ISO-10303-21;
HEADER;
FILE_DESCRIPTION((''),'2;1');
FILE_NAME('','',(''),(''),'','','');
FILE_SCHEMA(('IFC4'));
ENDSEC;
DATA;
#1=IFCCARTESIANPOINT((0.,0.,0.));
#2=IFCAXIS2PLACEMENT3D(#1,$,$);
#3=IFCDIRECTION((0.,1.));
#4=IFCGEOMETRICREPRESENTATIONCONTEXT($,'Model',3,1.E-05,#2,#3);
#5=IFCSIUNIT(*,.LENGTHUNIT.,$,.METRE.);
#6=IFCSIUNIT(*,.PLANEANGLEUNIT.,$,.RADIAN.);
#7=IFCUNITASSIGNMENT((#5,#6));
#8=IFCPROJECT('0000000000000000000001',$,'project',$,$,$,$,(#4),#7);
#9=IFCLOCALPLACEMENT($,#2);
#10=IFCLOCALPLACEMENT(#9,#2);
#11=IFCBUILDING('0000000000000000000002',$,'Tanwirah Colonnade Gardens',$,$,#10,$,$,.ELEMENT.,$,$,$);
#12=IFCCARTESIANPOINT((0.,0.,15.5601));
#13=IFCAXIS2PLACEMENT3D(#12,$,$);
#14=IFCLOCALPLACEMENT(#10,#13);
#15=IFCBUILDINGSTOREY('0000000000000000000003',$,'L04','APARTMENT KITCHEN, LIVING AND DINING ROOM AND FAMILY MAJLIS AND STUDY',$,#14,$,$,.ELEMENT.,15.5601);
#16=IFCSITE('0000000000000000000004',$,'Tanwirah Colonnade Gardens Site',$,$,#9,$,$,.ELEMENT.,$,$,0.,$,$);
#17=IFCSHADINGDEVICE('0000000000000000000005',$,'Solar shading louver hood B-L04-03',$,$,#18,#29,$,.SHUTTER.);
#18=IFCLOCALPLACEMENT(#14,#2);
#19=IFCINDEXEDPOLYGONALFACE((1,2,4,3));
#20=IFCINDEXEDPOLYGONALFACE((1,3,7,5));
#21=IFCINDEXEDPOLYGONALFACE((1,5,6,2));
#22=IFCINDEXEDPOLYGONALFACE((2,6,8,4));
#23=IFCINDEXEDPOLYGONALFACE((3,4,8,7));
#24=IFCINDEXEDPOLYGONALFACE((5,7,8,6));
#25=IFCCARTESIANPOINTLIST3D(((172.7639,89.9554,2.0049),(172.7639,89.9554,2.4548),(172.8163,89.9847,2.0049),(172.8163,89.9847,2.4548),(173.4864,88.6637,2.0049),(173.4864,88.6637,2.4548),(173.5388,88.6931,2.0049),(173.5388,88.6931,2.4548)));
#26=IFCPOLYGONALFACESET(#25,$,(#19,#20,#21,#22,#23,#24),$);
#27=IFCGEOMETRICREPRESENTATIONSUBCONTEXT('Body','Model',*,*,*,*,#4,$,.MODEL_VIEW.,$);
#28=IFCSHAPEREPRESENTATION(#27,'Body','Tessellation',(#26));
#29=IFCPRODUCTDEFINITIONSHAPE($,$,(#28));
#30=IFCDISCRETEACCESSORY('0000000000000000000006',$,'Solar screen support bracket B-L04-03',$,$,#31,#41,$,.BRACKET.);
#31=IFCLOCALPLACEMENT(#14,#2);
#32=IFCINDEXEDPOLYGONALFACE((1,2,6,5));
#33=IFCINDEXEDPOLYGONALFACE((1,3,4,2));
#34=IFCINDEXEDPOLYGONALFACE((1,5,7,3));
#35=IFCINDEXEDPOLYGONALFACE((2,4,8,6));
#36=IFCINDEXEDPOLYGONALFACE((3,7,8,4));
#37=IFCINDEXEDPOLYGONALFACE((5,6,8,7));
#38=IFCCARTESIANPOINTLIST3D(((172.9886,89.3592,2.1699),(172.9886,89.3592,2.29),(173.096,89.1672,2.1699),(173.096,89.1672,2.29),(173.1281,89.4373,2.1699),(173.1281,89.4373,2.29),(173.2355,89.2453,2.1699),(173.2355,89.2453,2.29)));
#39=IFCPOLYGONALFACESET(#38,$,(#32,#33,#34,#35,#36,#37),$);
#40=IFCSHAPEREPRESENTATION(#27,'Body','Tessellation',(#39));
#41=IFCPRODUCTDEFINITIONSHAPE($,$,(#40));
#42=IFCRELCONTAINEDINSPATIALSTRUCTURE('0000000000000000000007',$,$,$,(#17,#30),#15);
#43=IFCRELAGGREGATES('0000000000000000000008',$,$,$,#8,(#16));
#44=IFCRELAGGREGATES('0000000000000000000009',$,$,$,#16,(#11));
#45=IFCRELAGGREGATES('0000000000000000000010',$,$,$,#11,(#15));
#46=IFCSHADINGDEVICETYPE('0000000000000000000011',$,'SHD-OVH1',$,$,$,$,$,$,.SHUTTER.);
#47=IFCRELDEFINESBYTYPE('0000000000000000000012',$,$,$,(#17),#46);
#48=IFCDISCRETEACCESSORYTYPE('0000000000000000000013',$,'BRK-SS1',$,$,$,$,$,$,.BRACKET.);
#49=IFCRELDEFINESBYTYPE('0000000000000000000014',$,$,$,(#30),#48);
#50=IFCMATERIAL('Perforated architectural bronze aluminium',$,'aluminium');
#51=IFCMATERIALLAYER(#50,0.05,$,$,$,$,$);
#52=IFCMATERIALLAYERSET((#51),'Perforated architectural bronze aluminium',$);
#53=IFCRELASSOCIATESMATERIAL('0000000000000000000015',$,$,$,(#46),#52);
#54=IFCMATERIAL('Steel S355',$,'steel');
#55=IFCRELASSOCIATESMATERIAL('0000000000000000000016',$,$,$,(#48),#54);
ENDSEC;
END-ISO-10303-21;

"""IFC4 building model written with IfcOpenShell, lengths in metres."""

from ifc_helpers import new_model, si_unit, direction, frame, origin, origin_2d, place, context, subcontext, project, spatial, rectangle, extrude, material, layer, layer_set, type_object, element, save


model = new_model("IFC4")

# Units and contexts
model_context = context("Model", 3, precision=1e-05, world=origin(), true_north=direction((0.0, 1.0)))
body_context = subcontext(model_context, "Body", "Model", "MODEL_VIEW")
ifc_project = project(units=[si_unit("LENGTHUNIT", "METRE"), si_unit("PLANEANGLEUNIT", "RADIAN")], contexts=[model_context])

# Site, building, storey
site_placement = place(None, origin())
site = spatial("IfcSite", under=ifc_project, at=site_placement, Name="Tanwirah Colonnade Gardens Site", CompositionType="ELEMENT", RefElevation=0.0)
building_placement = place(site_placement, origin())
building = spatial("IfcBuilding", under=site, at=building_placement, Name="Tanwirah Colonnade Gardens", CompositionType="ELEMENT")
storey_placement = place(building_placement, frame((0.0, 0.0, 15.5601)))
storey = spatial("IfcBuildingStorey", under=building, at=storey_placement, Name="L04", Description="APARTMENT KITCHEN, LIVING AND DINING ROOM AND FAMILY MAJLIS AND STUDY", CompositionType="ELEMENT", Elevation=15.5601)

# Shading device
ifc_material_1 = material(Name="Perforated architectural bronze aluminium", Category="aluminium")
ifc_layer_1 = layer(ifc_material_1, 0.05)
ifc_layer_set_1 = layer_set([ifc_layer_1], Name="Perforated architectural bronze aluminium")
shading_device_type = type_object("IfcShadingDeviceType", Name="SHD-OVH1", PredefinedType="SHUTTER", material=ifc_layer_set_1)
shading_device_placement = place(storey_placement, frame((173.1514, 89.3242, 2.0049), z_axis=(0.0, 0.0, 1.0), x_axis=(-0.488198, 0.872733, 0.0)))
element("IfcShadingDevice", 1, at=shading_device_placement, inside=storey, type_object=shading_device_type, Name="Solar shading louver hood B-L04-03", PredefinedType="SHUTTER", context=body_context, shape_type="SweptSolid", body=[
    extrude(rectangle(XDim=1.48, YDim=0.0601, at=origin_2d()), origin(), (0.0, 0.0, 1.0), 0.45),
])

# Discrete accessory
ifc_material_2 = material(Name="Steel S355", Category="steel")
discrete_accessory_type = type_object("IfcDiscreteAccessoryType", Name="BRK-SS1", PredefinedType="BRACKET", material=ifc_material_2)
discrete_accessory_placement = place(storey_placement, frame((173.1121, 89.3022, 2.1699), z_axis=(0.0, 0.0, 1.0), x_axis=(-0.488198, 0.872733, 0.0)))
element("IfcDiscreteAccessory", 2, at=discrete_accessory_placement, inside=storey, type_object=discrete_accessory_type, Name="Solar screen support bracket B-L04-03", PredefinedType="BRACKET", context=body_context, shape_type="SweptSolid", body=[
    extrude(rectangle(XDim=0.22, YDim=0.1599, at=origin_2d()), origin(), (0.0, 0.0, 1.0), 0.1201),
])

save(model, "model.ifc")
